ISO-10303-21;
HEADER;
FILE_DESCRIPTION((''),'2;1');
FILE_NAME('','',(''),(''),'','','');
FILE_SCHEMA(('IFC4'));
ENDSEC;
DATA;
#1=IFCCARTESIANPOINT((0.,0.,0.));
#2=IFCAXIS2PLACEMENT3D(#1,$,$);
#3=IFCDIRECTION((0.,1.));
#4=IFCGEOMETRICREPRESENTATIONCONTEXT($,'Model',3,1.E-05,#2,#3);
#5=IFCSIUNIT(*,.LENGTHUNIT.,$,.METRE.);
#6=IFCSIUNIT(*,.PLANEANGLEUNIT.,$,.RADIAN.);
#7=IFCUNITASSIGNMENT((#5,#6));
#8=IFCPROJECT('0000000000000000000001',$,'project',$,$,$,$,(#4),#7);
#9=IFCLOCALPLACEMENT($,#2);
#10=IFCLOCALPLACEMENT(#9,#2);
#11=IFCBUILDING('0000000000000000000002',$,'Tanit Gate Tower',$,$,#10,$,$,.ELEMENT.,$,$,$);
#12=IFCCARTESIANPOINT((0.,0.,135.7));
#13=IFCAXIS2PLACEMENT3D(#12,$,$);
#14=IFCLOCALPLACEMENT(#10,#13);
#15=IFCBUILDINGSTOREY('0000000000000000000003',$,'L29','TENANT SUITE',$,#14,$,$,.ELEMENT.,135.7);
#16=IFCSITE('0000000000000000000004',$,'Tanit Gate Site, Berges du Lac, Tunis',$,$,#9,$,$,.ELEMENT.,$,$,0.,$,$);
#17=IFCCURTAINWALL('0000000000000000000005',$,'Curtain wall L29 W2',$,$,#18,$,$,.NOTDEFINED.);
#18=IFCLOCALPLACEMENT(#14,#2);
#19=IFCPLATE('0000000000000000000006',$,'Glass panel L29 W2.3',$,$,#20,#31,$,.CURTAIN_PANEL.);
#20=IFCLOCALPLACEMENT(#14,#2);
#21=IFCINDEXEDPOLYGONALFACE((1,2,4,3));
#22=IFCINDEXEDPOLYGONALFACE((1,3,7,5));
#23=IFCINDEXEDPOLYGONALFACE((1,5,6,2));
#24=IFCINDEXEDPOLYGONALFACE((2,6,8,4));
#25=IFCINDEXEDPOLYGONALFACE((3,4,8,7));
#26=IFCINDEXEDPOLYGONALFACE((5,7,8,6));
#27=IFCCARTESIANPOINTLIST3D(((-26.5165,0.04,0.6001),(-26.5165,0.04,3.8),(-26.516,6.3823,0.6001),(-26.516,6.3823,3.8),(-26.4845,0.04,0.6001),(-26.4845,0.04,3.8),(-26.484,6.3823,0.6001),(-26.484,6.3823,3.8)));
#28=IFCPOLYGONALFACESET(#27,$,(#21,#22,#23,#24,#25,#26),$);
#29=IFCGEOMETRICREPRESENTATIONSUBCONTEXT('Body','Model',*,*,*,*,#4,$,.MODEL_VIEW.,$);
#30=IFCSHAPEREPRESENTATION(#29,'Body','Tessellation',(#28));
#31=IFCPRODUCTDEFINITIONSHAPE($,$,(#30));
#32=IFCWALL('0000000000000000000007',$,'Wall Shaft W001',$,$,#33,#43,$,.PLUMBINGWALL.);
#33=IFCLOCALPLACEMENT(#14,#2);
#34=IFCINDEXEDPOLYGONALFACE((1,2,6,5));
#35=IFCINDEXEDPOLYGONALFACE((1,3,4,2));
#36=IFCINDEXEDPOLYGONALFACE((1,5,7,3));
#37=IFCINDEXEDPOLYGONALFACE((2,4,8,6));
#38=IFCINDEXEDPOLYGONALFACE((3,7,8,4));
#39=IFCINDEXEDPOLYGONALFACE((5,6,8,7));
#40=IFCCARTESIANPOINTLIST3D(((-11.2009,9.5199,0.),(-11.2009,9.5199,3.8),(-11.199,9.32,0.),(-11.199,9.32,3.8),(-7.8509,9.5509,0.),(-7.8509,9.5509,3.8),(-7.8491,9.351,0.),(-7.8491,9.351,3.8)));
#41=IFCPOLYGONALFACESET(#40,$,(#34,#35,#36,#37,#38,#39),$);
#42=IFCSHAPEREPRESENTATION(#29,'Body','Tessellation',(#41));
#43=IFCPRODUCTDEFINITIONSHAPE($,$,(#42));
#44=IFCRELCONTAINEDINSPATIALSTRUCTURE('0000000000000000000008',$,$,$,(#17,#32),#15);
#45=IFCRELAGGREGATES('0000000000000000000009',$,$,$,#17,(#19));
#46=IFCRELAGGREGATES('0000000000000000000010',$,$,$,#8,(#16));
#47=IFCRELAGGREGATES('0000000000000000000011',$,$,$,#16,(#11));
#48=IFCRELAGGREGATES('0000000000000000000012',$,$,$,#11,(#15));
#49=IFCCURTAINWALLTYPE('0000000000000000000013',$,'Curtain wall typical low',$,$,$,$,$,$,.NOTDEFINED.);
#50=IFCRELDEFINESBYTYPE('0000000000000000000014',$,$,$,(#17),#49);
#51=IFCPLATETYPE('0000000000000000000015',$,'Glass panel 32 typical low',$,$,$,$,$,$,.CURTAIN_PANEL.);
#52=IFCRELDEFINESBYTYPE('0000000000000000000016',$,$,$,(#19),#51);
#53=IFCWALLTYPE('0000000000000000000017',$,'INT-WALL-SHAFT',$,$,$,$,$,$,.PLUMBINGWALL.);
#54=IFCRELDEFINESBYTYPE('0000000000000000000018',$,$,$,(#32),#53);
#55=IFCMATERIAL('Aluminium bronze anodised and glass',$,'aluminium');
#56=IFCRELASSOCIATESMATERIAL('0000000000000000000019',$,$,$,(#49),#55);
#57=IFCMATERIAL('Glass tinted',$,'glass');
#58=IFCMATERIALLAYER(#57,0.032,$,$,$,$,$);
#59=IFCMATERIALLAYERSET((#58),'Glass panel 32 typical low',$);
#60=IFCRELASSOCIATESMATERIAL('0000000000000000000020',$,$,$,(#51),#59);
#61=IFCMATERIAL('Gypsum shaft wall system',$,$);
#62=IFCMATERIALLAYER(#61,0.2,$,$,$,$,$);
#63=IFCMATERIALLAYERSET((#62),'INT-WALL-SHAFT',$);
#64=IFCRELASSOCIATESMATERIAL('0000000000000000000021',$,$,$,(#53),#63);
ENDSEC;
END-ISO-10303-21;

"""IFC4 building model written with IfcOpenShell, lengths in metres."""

from ifc_helpers import new_model, si_unit, direction, frame, frame_2d, origin, origin_2d, place, context, subcontext, project, spatial, rectangle, extrude, material, layer, layer_set, type_object, element, aggregate, save


model = new_model("IFC4")

# Units and contexts
model_context = context("Model", 3, precision=1e-05, world=origin(), true_north=direction((0.0, 1.0)))
body_context = subcontext(model_context, "Body", "Model", "MODEL_VIEW")
ifc_project = project(units=[si_unit("LENGTHUNIT", "METRE"), si_unit("PLANEANGLEUNIT", "RADIAN")], contexts=[model_context])

# Site, building, storey
site_placement = place(None, origin())
site = spatial("IfcSite", under=ifc_project, at=site_placement, Name="Tanit Gate Site, Berges du Lac, Tunis", CompositionType="ELEMENT", RefElevation=0.0)
building_placement = place(site_placement, origin())
building = spatial("IfcBuilding", under=site, at=building_placement, Name="Tanit Gate Tower", CompositionType="ELEMENT")
storey_placement = place(building_placement, frame((0.0, 0.0, 135.7)))
storey = spatial("IfcBuildingStorey", under=building, at=storey_placement, Name="L29", Description="TENANT SUITE", CompositionType="ELEMENT", Elevation=135.7)

# Curtain wall
ifc_material_1 = material(Name="Aluminium bronze anodised and glass", Category="aluminium")
curtain_wall_type = type_object("IfcCurtainWallType", Name="Curtain wall typical low", PredefinedType="NOTDEFINED", material=ifc_material_1)
curtain_wall_placement = place(storey_placement, origin())
curtain_wall = element("IfcCurtainWall", 1, at=curtain_wall_placement, inside=storey, type_object=curtain_wall_type, Name="Curtain wall L29 W2", PredefinedType="NOTDEFINED")

# Plate
ifc_material_2 = material(Name="Glass tinted", Category="glass")
ifc_layer_1 = layer(ifc_material_2, 0.032)
ifc_layer_set_1 = layer_set([ifc_layer_1], Name="Glass panel 32 typical low")
plate_type = type_object("IfcPlateType", Name="Glass panel 32 typical low", PredefinedType="CURTAIN_PANEL", material=ifc_layer_set_1)
plate_placement = place(storey_placement, frame((-26.5002, 3.2112, 0.6001), z_axis=(0.0, 0.0, 1.0), x_axis=(-0.000069, -1.0, 0.0)))
plate = element("IfcPlate", 2, at=plate_placement, type_object=plate_type, Name="Glass panel L29 W2.3", PredefinedType="CURTAIN_PANEL", context=body_context, shape_type="SweptSolid", body=[
    extrude(rectangle(XDim=6.3423, YDim=0.032, at=origin_2d()), origin(), (0.0, 0.0, 1.0), 3.2),
])
aggregate(curtain_wall, [plate])

# Wall
ifc_material_3 = material(Name="Gypsum shaft wall system")
ifc_layer_2 = layer(ifc_material_3, 0.2)
ifc_layer_set_2 = layer_set([ifc_layer_2], Name="INT-WALL-SHAFT")
wall_type = type_object("IfcWallType", Name="INT-WALL-SHAFT", PredefinedType="PLUMBINGWALL", material=ifc_layer_set_2)
wall_placement = place(storey_placement, frame((-11.2, 9.4199, 0.0), z_axis=(0.0, 0.0, 1.0), x_axis=(0.999957, 0.009255, 0.0)))
element("IfcWall", 3, at=wall_placement, inside=storey, type_object=wall_type, Name="Wall Shaft W001", PredefinedType="PLUMBINGWALL", context=body_context, shape_type="SweptSolid", body=[
    extrude(rectangle(XDim=3.3501, YDim=0.2, at=frame_2d((1.675, 0.0))), origin(), (0.0, 0.0, 1.0), 3.8),
])

save(model, "model.ifc")
